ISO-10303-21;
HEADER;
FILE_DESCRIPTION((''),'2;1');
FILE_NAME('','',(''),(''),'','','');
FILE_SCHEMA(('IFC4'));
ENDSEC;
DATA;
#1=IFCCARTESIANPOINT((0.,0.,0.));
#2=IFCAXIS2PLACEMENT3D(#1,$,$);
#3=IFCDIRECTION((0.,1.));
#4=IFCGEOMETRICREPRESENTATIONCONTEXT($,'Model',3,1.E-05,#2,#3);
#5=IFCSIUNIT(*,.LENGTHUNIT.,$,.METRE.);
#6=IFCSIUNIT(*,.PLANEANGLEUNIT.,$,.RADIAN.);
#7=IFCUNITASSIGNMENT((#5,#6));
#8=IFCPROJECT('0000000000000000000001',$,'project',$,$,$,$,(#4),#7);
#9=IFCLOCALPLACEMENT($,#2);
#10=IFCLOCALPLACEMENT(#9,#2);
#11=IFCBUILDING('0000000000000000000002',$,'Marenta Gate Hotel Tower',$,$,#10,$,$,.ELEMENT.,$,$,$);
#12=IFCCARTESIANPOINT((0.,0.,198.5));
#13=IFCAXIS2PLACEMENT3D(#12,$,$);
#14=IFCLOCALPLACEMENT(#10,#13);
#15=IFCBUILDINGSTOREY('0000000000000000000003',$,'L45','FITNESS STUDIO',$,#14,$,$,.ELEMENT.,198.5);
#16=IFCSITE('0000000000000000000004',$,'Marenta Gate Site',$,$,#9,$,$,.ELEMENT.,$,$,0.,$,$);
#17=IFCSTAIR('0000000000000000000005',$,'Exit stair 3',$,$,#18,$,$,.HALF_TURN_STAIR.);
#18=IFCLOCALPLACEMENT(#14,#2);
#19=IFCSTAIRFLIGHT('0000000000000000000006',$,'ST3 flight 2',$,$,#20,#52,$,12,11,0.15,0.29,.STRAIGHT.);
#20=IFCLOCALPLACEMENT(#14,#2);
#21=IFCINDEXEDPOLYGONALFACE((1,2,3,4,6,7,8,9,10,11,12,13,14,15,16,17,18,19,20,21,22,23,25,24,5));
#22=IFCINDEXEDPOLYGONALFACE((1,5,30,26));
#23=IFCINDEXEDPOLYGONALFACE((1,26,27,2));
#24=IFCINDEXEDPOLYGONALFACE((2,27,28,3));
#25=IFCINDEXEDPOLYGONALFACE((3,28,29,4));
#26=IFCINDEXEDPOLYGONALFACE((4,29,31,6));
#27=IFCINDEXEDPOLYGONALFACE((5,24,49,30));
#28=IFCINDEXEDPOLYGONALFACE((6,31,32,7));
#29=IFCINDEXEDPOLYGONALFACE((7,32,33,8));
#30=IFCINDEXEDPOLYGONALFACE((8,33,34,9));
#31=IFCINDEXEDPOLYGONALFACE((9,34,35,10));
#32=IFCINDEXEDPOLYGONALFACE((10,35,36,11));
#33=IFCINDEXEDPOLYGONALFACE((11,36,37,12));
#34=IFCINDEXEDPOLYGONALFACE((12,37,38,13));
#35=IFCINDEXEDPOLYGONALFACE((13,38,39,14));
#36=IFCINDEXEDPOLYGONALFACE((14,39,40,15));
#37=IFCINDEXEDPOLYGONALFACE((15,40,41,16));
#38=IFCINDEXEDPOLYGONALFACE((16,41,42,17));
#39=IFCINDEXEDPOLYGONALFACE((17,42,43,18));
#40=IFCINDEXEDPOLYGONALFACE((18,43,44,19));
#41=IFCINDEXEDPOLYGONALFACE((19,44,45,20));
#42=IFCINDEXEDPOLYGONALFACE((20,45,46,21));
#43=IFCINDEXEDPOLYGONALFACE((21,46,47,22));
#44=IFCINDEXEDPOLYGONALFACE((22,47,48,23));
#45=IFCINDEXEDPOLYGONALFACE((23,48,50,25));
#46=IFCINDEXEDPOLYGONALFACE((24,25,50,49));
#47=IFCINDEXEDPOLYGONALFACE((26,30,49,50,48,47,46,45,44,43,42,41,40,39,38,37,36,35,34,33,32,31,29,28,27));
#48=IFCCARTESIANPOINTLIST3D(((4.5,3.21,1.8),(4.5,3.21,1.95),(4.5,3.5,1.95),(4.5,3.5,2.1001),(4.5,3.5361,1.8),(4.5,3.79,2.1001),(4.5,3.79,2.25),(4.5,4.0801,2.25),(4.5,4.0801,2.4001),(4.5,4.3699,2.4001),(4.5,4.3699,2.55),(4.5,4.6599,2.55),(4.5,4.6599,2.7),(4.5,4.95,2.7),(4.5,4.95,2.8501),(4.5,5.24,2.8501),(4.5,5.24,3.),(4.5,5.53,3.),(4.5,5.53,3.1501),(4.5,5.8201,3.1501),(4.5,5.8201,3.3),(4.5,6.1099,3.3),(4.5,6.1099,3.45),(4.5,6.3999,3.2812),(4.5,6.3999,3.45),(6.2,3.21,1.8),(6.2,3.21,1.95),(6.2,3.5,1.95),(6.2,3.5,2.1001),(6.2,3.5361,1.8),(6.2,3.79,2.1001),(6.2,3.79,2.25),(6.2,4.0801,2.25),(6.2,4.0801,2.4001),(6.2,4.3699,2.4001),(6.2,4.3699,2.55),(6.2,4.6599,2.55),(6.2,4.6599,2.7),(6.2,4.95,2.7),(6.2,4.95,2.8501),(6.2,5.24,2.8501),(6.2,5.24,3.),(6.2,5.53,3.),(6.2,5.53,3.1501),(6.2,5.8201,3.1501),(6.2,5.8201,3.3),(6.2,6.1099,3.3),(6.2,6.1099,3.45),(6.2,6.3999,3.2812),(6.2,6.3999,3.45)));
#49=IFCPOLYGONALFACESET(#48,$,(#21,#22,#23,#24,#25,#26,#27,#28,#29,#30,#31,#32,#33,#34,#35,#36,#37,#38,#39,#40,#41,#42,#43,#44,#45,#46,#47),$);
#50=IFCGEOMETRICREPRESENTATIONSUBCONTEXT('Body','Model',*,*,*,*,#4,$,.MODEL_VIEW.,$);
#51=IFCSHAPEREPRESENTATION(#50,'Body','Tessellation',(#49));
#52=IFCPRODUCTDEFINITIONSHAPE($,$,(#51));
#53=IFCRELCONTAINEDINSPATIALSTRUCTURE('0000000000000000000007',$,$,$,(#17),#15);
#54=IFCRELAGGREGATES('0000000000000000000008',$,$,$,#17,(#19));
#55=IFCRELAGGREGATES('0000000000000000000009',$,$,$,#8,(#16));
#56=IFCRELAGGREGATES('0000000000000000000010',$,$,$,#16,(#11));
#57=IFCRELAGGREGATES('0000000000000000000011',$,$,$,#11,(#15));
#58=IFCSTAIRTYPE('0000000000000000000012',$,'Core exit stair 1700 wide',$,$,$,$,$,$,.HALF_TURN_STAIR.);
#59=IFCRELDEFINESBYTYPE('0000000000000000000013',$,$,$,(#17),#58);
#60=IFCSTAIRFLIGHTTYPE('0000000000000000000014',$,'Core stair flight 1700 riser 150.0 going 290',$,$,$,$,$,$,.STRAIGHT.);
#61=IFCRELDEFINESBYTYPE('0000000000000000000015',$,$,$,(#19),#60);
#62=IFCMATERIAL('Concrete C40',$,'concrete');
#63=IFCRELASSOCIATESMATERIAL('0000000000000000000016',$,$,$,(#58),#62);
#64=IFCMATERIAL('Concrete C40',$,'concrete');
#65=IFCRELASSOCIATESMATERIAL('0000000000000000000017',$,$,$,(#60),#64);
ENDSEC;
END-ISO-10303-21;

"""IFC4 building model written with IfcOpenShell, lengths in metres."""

from ifc_helpers import new_model, si_unit, direction, frame, origin, place, context, subcontext, project, spatial, polyline, outline, extrude, material, type_object, element, aggregate, save


model = new_model("IFC4")

# Units and contexts
model_context = context("Model", 3, precision=1e-05, world=origin(), true_north=direction((0.0, 1.0)))
body_context = subcontext(model_context, "Body", "Model", "MODEL_VIEW")
ifc_project = project(units=[si_unit("LENGTHUNIT", "METRE"), si_unit("PLANEANGLEUNIT", "RADIAN")], contexts=[model_context])

# Site, building, storey
site_placement = place(None, origin())
site = spatial("IfcSite", under=ifc_project, at=site_placement, Name="Marenta Gate Site", CompositionType="ELEMENT", RefElevation=0.0)
building_placement = place(site_placement, origin())
building = spatial("IfcBuilding", under=site, at=building_placement, Name="Marenta Gate Hotel Tower", CompositionType="ELEMENT")
storey_placement = place(building_placement, frame((0.0, 0.0, 198.5)))
storey = spatial("IfcBuildingStorey", under=building, at=storey_placement, Name="L45", Description="FITNESS STUDIO", CompositionType="ELEMENT", Elevation=198.5)

# Stair, stair flight
ifc_material_1 = material(Name="Concrete C40", Category="concrete")
stair_type = type_object("IfcStairType", Name="Core exit stair 1700 wide", PredefinedType="HALF_TURN_STAIR", material=ifc_material_1)
stair_placement = place(storey_placement, origin())
stair = element("IfcStair", 1, at=stair_placement, inside=storey, type_object=stair_type, Name="Exit stair 3", PredefinedType="HALF_TURN_STAIR")
ifc_material_2 = material(Name="Concrete C40", Category="concrete")
stair_flight_type = type_object("IfcStairFlightType", Name="Core stair flight 1700 riser 150.0 going 290", PredefinedType="STRAIGHT", material=ifc_material_2)
stair_flight_1_placement = place(storey_placement, frame((5.3501, 3.21, 1.8), z_axis=(0.0, 0.0, 1.0), x_axis=(0.0, 1.0, 0.0)))
stair_flight_1 = element("IfcStairFlight", 2, at=stair_flight_1_placement, type_object=stair_flight_type, Name="ST3 flight 2", NumberOfRisers=12, NumberOfTreads=11, PredefinedType="STRAIGHT", RiserHeight=0.15, TreadLength=0.29, context=body_context, shape_type="SweptSolid", body=[
    extrude(outline(polyline([(0.0, 0.0), (0.0, 0.1499), (0.29, 0.1499), (0.29, 0.3), (0.5801, 0.3), (0.5801, 0.45), (0.8701, 0.45), (0.8701, 0.6001), (1.1599, 0.6001), (1.1599, 0.75), (1.45, 0.75), (1.45, 0.8999), (1.74, 0.8999), (1.74, 1.05), (2.03, 1.05), (2.03, 1.2), (2.3201, 1.2), (2.3201, 1.3501), (2.6101, 1.3501), (2.6101, 1.5), (2.8999, 1.5), (2.8999, 1.6499), (3.1899, 1.6499), (3.1899, 1.8), (3.1899, 1.4812), (0.3262, 0.0), (0.0, 0.0)])), frame((0.0, 0.8501, 0.0), z_axis=(0.0, -1.0, 0.0), x_axis=(1.0, 0.0, 0.0)), (0.0, 0.0, 1.0), 1.7),
])
aggregate(stair, [stair_flight_1])

save(model, "model.ifc")
